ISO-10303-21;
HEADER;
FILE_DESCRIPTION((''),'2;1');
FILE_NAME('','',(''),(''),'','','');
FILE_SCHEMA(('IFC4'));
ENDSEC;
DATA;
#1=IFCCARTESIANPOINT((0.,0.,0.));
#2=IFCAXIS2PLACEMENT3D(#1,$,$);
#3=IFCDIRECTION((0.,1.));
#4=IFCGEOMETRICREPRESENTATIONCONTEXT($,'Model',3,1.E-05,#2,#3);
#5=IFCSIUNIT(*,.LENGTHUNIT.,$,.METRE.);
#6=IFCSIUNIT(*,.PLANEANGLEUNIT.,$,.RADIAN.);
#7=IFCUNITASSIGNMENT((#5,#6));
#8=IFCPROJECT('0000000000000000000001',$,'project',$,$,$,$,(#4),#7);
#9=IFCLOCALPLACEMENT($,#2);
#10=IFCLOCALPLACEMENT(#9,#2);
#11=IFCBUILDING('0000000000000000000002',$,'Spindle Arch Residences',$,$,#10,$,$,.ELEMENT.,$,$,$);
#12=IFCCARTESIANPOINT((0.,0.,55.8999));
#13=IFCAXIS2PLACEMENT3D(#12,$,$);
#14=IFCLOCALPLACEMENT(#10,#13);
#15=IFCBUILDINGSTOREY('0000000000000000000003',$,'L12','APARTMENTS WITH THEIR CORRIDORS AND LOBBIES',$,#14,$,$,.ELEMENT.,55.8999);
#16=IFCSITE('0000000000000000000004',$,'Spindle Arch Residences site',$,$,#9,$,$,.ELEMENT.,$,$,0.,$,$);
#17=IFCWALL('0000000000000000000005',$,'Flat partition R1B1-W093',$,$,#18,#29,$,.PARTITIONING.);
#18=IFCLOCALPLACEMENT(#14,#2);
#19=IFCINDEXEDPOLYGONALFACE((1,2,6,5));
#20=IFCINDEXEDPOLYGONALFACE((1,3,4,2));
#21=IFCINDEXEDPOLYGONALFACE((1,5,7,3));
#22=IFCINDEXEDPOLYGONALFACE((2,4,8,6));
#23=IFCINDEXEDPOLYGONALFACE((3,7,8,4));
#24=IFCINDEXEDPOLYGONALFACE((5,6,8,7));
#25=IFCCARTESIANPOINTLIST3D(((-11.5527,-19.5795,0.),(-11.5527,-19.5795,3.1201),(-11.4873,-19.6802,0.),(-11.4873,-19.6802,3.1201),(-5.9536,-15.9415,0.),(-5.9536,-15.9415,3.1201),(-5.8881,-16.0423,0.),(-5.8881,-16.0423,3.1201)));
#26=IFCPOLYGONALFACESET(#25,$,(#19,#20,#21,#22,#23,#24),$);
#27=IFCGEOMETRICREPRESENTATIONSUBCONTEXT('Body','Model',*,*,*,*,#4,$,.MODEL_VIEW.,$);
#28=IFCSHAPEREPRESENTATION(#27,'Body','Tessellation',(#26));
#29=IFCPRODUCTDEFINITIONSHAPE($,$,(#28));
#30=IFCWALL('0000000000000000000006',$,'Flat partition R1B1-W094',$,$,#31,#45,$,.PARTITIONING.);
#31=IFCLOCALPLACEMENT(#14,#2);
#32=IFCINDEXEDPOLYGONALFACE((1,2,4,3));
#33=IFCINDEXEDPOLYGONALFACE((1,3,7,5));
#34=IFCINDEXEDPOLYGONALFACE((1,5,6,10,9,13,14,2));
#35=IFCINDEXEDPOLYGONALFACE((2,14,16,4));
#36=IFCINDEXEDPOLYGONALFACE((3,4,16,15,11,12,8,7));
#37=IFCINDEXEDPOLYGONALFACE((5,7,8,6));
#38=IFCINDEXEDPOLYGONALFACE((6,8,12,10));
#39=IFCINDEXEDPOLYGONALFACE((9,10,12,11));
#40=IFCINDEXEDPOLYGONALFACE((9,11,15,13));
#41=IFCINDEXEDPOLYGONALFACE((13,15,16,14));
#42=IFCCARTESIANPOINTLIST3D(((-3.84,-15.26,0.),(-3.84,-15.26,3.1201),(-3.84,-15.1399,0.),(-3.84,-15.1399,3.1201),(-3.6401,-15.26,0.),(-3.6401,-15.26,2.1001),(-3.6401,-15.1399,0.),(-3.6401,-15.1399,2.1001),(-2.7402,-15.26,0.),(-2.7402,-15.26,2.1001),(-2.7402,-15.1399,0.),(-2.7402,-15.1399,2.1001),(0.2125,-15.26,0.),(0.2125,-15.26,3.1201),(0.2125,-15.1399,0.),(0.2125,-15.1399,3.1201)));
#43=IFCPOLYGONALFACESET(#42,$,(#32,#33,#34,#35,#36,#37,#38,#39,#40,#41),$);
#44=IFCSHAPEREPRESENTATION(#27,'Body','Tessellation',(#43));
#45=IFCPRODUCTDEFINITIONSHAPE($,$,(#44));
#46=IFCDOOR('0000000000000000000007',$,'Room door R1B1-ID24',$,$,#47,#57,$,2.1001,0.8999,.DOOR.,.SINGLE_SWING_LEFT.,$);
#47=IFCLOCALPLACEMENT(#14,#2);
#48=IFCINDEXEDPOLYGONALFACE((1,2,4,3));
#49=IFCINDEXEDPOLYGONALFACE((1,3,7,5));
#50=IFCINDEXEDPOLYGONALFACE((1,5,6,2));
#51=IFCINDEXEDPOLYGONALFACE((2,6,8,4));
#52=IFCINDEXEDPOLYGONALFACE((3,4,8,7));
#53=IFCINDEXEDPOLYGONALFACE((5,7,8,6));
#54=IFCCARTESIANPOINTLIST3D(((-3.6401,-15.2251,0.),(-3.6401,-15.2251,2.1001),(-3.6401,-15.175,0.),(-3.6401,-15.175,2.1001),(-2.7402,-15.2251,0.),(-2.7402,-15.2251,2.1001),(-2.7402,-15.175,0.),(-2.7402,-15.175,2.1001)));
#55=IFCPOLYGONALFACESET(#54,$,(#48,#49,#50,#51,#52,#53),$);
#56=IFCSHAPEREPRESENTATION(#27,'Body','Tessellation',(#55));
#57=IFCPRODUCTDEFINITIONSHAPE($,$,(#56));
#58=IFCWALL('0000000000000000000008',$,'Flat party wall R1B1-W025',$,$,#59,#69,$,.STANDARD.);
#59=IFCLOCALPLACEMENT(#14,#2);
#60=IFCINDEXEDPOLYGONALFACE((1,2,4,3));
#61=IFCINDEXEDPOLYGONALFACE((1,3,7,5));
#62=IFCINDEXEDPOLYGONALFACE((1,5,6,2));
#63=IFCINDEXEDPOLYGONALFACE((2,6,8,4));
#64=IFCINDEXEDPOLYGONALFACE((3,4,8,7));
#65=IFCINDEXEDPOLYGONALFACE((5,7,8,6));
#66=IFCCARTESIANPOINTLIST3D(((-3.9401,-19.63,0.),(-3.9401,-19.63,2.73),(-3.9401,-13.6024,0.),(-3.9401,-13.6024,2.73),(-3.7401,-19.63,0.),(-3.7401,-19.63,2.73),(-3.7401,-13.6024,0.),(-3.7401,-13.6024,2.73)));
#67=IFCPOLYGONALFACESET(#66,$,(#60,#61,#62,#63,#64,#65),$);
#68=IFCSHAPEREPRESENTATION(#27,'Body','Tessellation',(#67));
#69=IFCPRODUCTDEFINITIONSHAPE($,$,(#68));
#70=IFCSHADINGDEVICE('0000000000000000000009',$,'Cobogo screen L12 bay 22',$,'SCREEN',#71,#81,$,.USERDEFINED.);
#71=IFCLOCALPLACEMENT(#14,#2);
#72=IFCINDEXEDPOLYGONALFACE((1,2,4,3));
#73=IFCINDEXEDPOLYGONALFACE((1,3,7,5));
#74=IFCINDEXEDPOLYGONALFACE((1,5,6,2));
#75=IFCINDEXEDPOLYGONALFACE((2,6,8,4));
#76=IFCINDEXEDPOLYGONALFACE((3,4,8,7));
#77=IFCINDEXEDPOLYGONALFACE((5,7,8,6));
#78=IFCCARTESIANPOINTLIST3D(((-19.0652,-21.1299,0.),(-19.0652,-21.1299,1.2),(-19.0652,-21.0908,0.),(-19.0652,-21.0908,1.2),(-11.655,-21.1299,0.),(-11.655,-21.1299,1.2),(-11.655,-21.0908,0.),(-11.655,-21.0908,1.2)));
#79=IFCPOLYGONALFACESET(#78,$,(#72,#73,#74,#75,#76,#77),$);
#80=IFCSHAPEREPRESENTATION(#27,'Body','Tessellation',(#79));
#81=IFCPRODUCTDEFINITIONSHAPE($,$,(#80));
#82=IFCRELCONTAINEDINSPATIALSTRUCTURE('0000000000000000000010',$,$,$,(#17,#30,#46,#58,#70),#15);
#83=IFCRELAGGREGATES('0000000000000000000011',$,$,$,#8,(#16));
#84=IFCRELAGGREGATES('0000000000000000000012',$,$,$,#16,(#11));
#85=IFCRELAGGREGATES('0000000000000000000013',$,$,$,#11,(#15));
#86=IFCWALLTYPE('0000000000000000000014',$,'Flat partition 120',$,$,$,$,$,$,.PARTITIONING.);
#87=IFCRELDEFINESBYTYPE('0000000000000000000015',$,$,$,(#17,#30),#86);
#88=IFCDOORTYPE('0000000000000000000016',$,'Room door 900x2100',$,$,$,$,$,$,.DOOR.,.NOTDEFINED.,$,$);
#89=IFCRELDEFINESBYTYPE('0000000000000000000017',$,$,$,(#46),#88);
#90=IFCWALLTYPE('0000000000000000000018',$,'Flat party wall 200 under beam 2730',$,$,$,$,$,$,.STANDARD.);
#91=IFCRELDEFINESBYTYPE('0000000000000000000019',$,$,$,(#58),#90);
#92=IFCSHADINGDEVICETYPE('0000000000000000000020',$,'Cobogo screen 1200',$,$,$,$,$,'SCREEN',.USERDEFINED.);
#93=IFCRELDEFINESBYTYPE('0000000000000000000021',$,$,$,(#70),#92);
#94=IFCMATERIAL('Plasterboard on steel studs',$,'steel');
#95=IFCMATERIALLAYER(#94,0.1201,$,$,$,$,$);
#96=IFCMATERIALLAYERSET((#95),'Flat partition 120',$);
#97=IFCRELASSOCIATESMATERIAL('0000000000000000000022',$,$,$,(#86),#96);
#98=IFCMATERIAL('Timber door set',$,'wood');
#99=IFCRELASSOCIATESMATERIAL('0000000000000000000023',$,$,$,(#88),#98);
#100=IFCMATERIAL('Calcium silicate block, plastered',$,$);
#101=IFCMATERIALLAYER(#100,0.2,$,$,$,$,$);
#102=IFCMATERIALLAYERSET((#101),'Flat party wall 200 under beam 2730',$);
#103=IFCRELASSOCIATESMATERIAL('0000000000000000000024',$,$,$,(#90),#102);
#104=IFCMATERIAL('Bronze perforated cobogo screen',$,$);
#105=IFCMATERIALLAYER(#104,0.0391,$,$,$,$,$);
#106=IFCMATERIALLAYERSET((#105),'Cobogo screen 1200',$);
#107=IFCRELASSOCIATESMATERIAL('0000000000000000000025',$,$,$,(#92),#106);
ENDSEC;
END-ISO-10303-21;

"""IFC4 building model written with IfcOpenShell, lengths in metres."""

from ifc_helpers import new_model, si_unit, direction, frame, frame_2d, origin, origin_2d, place, context, subcontext, project, spatial, rectangle, extrude, material, layer, layer_set, type_object, element, fill, save


model = new_model("IFC4")

# Units and contexts
model_context = context("Model", 3, precision=1e-05, world=origin(), true_north=direction((0.0, 1.0)))
body_context = subcontext(model_context, "Body", "Model", "MODEL_VIEW")
ifc_project = project(units=[si_unit("LENGTHUNIT", "METRE"), si_unit("PLANEANGLEUNIT", "RADIAN")], contexts=[model_context])

# Site, building, storey
site_placement = place(None, origin())
site = spatial("IfcSite", under=ifc_project, at=site_placement, Name="Spindle Arch Residences site", CompositionType="ELEMENT", RefElevation=0.0)
building_placement = place(site_placement, origin())
building = spatial("IfcBuilding", under=site, at=building_placement, Name="Spindle Arch Residences", CompositionType="ELEMENT")
storey_placement = place(building_placement, frame((0.0, 0.0, 55.8999)))
storey = spatial("IfcBuildingStorey", under=building, at=storey_placement, Name="L12", Description="APARTMENTS WITH THEIR CORRIDORS AND LOBBIES", CompositionType="ELEMENT", Elevation=55.8999)

# Shared definitions
ifc_material_1 = material(Name="Plasterboard on steel studs", Category="steel")
ifc_layer_1 = layer(ifc_material_1, 0.1201)
ifc_layer_set_1 = layer_set([ifc_layer_1], Name="Flat partition 120")
wall_type_1 = type_object("IfcWallType", Name="Flat partition 120", PredefinedType="PARTITIONING", material=ifc_layer_set_1)
ifc_material_2 = material(Name="Timber door set", Category="wood")
door_type_1 = type_object("IfcDoorType", Name="Room door 900x2100", OperationType="NOTDEFINED", PredefinedType="DOOR", material=ifc_material_2)

# Wall
wall_1_placement = place(storey_placement, frame((-11.52, -19.6299, 0.0), z_axis=(0.0, 0.0, 1.0), x_axis=(0.838546, 0.544832, 0.0)))
element("IfcWall", 1, at=wall_1_placement, inside=storey, type_object=wall_type_1, Name="Flat partition R1B1-W093", PredefinedType="PARTITIONING", context=body_context, shape_type="SweptSolid", body=[
    extrude(rectangle(XDim=6.6772, YDim=0.1201, at=frame_2d((3.3386, 0.0))), origin(), (0.0, 0.0, 1.0), 3.1201),
])

# Wall, opening, door
wall_2_placement = place(storey_placement, frame((-3.8401, -15.2, 0.0), z_axis=(0.0, 0.0, 1.0), x_axis=(1.0, 0.0, 0.0)))
wall_2 = element("IfcWall", 2, at=wall_2_placement, inside=storey, type_object=wall_type_1, Name="Flat partition R1B1-W094", PredefinedType="PARTITIONING", context=body_context, shape_type="SweptSolid", body=[
    extrude(rectangle(XDim=4.0525, YDim=0.1201, at=frame_2d((2.0264, 0.0))), origin(), (0.0, 0.0, 1.0), 3.1201),
])
opening_1_placement = place(wall_2_placement, frame((0.2, 0.0, 0.0)))
opening_1 = element("IfcOpeningElement", 3, at=opening_1_placement, cuts=wall_2, PredefinedType="OPENING", context=body_context, shape_type="SweptSolid", body=[
    extrude(rectangle(XDim=0.8999, YDim=2.1001, at=frame_2d((0.45, 1.05))), frame((0.0, 0.0701, 0.0), z_axis=(0.0, -1.0, 0.0), x_axis=(1.0, 0.0, 0.0)), (0.0, 0.0, 1.0), 0.1401),
])
door_1_placement = place(opening_1_placement, origin())
door_1 = element("IfcDoor", 4, at=door_1_placement, inside=storey, type_object=door_type_1, Name="Room door R1B1-ID24", OperationType="SINGLE_SWING_LEFT", OverallHeight=2.1001, OverallWidth=0.8999, PredefinedType="DOOR", context=body_context, shape_type="SweptSolid", body=[
    extrude(rectangle(XDim=0.8999, YDim=2.1001, at=frame_2d((0.45, 1.05))), frame((0.0, 0.0249, 0.0), z_axis=(0.0, -1.0, 0.0), x_axis=(1.0, 0.0, 0.0)), (0.0, 0.0, 1.0), 0.05),
])
fill(opening_1, door_1)

# Wall
ifc_material_3 = material(Name="Calcium silicate block, plastered")
ifc_layer_2 = layer(ifc_material_3, 0.2)
ifc_layer_set_2 = layer_set([ifc_layer_2], Name="Flat party wall 200 under beam 2730")
wall_type_2 = type_object("IfcWallType", Name="Flat party wall 200 under beam 2730", PredefinedType="STANDARD", material=ifc_layer_set_2)
wall_3_placement = place(storey_placement, frame((-3.8401, -19.6299, 0.0), z_axis=(0.0, 0.0, 1.0), x_axis=(0.0, 1.0, 0.0)))
element("IfcWall", 5, at=wall_3_placement, inside=storey, type_object=wall_type_2, Name="Flat party wall R1B1-W025", PredefinedType="STANDARD", context=body_context, shape_type="SweptSolid", body=[
    extrude(rectangle(XDim=6.0276, YDim=0.2, at=frame_2d((3.0137, 0.0))), origin(), (0.0, 0.0, 1.0), 2.73),
])

# Shading device
ifc_material_4 = material(Name="Bronze perforated cobogo screen")
ifc_layer_3 = layer(ifc_material_4, 0.0391)
ifc_layer_set_3 = layer_set([ifc_layer_3], Name="Cobogo screen 1200")
shading_device_type = type_object("IfcShadingDeviceType", Name="Cobogo screen 1200", ElementType="SCREEN", PredefinedType="USERDEFINED", material=ifc_layer_set_3)
shading_device_placement = place(storey_placement, frame((-15.3601, -21.1104, 0.0), z_axis=(0.0, 0.0, 1.0), x_axis=(1.0, 0.0, 0.0)))
element("IfcShadingDevice", 6, at=shading_device_placement, inside=storey, type_object=shading_device_type, Name="Cobogo screen L12 bay 22", ObjectType="SCREEN", PredefinedType="USERDEFINED", context=body_context, shape_type="SweptSolid", body=[
    extrude(rectangle(XDim=7.4102, YDim=0.0391, at=origin_2d()), origin(), (0.0, 0.0, 1.0), 1.2),
])

save(model, "model.ifc")
